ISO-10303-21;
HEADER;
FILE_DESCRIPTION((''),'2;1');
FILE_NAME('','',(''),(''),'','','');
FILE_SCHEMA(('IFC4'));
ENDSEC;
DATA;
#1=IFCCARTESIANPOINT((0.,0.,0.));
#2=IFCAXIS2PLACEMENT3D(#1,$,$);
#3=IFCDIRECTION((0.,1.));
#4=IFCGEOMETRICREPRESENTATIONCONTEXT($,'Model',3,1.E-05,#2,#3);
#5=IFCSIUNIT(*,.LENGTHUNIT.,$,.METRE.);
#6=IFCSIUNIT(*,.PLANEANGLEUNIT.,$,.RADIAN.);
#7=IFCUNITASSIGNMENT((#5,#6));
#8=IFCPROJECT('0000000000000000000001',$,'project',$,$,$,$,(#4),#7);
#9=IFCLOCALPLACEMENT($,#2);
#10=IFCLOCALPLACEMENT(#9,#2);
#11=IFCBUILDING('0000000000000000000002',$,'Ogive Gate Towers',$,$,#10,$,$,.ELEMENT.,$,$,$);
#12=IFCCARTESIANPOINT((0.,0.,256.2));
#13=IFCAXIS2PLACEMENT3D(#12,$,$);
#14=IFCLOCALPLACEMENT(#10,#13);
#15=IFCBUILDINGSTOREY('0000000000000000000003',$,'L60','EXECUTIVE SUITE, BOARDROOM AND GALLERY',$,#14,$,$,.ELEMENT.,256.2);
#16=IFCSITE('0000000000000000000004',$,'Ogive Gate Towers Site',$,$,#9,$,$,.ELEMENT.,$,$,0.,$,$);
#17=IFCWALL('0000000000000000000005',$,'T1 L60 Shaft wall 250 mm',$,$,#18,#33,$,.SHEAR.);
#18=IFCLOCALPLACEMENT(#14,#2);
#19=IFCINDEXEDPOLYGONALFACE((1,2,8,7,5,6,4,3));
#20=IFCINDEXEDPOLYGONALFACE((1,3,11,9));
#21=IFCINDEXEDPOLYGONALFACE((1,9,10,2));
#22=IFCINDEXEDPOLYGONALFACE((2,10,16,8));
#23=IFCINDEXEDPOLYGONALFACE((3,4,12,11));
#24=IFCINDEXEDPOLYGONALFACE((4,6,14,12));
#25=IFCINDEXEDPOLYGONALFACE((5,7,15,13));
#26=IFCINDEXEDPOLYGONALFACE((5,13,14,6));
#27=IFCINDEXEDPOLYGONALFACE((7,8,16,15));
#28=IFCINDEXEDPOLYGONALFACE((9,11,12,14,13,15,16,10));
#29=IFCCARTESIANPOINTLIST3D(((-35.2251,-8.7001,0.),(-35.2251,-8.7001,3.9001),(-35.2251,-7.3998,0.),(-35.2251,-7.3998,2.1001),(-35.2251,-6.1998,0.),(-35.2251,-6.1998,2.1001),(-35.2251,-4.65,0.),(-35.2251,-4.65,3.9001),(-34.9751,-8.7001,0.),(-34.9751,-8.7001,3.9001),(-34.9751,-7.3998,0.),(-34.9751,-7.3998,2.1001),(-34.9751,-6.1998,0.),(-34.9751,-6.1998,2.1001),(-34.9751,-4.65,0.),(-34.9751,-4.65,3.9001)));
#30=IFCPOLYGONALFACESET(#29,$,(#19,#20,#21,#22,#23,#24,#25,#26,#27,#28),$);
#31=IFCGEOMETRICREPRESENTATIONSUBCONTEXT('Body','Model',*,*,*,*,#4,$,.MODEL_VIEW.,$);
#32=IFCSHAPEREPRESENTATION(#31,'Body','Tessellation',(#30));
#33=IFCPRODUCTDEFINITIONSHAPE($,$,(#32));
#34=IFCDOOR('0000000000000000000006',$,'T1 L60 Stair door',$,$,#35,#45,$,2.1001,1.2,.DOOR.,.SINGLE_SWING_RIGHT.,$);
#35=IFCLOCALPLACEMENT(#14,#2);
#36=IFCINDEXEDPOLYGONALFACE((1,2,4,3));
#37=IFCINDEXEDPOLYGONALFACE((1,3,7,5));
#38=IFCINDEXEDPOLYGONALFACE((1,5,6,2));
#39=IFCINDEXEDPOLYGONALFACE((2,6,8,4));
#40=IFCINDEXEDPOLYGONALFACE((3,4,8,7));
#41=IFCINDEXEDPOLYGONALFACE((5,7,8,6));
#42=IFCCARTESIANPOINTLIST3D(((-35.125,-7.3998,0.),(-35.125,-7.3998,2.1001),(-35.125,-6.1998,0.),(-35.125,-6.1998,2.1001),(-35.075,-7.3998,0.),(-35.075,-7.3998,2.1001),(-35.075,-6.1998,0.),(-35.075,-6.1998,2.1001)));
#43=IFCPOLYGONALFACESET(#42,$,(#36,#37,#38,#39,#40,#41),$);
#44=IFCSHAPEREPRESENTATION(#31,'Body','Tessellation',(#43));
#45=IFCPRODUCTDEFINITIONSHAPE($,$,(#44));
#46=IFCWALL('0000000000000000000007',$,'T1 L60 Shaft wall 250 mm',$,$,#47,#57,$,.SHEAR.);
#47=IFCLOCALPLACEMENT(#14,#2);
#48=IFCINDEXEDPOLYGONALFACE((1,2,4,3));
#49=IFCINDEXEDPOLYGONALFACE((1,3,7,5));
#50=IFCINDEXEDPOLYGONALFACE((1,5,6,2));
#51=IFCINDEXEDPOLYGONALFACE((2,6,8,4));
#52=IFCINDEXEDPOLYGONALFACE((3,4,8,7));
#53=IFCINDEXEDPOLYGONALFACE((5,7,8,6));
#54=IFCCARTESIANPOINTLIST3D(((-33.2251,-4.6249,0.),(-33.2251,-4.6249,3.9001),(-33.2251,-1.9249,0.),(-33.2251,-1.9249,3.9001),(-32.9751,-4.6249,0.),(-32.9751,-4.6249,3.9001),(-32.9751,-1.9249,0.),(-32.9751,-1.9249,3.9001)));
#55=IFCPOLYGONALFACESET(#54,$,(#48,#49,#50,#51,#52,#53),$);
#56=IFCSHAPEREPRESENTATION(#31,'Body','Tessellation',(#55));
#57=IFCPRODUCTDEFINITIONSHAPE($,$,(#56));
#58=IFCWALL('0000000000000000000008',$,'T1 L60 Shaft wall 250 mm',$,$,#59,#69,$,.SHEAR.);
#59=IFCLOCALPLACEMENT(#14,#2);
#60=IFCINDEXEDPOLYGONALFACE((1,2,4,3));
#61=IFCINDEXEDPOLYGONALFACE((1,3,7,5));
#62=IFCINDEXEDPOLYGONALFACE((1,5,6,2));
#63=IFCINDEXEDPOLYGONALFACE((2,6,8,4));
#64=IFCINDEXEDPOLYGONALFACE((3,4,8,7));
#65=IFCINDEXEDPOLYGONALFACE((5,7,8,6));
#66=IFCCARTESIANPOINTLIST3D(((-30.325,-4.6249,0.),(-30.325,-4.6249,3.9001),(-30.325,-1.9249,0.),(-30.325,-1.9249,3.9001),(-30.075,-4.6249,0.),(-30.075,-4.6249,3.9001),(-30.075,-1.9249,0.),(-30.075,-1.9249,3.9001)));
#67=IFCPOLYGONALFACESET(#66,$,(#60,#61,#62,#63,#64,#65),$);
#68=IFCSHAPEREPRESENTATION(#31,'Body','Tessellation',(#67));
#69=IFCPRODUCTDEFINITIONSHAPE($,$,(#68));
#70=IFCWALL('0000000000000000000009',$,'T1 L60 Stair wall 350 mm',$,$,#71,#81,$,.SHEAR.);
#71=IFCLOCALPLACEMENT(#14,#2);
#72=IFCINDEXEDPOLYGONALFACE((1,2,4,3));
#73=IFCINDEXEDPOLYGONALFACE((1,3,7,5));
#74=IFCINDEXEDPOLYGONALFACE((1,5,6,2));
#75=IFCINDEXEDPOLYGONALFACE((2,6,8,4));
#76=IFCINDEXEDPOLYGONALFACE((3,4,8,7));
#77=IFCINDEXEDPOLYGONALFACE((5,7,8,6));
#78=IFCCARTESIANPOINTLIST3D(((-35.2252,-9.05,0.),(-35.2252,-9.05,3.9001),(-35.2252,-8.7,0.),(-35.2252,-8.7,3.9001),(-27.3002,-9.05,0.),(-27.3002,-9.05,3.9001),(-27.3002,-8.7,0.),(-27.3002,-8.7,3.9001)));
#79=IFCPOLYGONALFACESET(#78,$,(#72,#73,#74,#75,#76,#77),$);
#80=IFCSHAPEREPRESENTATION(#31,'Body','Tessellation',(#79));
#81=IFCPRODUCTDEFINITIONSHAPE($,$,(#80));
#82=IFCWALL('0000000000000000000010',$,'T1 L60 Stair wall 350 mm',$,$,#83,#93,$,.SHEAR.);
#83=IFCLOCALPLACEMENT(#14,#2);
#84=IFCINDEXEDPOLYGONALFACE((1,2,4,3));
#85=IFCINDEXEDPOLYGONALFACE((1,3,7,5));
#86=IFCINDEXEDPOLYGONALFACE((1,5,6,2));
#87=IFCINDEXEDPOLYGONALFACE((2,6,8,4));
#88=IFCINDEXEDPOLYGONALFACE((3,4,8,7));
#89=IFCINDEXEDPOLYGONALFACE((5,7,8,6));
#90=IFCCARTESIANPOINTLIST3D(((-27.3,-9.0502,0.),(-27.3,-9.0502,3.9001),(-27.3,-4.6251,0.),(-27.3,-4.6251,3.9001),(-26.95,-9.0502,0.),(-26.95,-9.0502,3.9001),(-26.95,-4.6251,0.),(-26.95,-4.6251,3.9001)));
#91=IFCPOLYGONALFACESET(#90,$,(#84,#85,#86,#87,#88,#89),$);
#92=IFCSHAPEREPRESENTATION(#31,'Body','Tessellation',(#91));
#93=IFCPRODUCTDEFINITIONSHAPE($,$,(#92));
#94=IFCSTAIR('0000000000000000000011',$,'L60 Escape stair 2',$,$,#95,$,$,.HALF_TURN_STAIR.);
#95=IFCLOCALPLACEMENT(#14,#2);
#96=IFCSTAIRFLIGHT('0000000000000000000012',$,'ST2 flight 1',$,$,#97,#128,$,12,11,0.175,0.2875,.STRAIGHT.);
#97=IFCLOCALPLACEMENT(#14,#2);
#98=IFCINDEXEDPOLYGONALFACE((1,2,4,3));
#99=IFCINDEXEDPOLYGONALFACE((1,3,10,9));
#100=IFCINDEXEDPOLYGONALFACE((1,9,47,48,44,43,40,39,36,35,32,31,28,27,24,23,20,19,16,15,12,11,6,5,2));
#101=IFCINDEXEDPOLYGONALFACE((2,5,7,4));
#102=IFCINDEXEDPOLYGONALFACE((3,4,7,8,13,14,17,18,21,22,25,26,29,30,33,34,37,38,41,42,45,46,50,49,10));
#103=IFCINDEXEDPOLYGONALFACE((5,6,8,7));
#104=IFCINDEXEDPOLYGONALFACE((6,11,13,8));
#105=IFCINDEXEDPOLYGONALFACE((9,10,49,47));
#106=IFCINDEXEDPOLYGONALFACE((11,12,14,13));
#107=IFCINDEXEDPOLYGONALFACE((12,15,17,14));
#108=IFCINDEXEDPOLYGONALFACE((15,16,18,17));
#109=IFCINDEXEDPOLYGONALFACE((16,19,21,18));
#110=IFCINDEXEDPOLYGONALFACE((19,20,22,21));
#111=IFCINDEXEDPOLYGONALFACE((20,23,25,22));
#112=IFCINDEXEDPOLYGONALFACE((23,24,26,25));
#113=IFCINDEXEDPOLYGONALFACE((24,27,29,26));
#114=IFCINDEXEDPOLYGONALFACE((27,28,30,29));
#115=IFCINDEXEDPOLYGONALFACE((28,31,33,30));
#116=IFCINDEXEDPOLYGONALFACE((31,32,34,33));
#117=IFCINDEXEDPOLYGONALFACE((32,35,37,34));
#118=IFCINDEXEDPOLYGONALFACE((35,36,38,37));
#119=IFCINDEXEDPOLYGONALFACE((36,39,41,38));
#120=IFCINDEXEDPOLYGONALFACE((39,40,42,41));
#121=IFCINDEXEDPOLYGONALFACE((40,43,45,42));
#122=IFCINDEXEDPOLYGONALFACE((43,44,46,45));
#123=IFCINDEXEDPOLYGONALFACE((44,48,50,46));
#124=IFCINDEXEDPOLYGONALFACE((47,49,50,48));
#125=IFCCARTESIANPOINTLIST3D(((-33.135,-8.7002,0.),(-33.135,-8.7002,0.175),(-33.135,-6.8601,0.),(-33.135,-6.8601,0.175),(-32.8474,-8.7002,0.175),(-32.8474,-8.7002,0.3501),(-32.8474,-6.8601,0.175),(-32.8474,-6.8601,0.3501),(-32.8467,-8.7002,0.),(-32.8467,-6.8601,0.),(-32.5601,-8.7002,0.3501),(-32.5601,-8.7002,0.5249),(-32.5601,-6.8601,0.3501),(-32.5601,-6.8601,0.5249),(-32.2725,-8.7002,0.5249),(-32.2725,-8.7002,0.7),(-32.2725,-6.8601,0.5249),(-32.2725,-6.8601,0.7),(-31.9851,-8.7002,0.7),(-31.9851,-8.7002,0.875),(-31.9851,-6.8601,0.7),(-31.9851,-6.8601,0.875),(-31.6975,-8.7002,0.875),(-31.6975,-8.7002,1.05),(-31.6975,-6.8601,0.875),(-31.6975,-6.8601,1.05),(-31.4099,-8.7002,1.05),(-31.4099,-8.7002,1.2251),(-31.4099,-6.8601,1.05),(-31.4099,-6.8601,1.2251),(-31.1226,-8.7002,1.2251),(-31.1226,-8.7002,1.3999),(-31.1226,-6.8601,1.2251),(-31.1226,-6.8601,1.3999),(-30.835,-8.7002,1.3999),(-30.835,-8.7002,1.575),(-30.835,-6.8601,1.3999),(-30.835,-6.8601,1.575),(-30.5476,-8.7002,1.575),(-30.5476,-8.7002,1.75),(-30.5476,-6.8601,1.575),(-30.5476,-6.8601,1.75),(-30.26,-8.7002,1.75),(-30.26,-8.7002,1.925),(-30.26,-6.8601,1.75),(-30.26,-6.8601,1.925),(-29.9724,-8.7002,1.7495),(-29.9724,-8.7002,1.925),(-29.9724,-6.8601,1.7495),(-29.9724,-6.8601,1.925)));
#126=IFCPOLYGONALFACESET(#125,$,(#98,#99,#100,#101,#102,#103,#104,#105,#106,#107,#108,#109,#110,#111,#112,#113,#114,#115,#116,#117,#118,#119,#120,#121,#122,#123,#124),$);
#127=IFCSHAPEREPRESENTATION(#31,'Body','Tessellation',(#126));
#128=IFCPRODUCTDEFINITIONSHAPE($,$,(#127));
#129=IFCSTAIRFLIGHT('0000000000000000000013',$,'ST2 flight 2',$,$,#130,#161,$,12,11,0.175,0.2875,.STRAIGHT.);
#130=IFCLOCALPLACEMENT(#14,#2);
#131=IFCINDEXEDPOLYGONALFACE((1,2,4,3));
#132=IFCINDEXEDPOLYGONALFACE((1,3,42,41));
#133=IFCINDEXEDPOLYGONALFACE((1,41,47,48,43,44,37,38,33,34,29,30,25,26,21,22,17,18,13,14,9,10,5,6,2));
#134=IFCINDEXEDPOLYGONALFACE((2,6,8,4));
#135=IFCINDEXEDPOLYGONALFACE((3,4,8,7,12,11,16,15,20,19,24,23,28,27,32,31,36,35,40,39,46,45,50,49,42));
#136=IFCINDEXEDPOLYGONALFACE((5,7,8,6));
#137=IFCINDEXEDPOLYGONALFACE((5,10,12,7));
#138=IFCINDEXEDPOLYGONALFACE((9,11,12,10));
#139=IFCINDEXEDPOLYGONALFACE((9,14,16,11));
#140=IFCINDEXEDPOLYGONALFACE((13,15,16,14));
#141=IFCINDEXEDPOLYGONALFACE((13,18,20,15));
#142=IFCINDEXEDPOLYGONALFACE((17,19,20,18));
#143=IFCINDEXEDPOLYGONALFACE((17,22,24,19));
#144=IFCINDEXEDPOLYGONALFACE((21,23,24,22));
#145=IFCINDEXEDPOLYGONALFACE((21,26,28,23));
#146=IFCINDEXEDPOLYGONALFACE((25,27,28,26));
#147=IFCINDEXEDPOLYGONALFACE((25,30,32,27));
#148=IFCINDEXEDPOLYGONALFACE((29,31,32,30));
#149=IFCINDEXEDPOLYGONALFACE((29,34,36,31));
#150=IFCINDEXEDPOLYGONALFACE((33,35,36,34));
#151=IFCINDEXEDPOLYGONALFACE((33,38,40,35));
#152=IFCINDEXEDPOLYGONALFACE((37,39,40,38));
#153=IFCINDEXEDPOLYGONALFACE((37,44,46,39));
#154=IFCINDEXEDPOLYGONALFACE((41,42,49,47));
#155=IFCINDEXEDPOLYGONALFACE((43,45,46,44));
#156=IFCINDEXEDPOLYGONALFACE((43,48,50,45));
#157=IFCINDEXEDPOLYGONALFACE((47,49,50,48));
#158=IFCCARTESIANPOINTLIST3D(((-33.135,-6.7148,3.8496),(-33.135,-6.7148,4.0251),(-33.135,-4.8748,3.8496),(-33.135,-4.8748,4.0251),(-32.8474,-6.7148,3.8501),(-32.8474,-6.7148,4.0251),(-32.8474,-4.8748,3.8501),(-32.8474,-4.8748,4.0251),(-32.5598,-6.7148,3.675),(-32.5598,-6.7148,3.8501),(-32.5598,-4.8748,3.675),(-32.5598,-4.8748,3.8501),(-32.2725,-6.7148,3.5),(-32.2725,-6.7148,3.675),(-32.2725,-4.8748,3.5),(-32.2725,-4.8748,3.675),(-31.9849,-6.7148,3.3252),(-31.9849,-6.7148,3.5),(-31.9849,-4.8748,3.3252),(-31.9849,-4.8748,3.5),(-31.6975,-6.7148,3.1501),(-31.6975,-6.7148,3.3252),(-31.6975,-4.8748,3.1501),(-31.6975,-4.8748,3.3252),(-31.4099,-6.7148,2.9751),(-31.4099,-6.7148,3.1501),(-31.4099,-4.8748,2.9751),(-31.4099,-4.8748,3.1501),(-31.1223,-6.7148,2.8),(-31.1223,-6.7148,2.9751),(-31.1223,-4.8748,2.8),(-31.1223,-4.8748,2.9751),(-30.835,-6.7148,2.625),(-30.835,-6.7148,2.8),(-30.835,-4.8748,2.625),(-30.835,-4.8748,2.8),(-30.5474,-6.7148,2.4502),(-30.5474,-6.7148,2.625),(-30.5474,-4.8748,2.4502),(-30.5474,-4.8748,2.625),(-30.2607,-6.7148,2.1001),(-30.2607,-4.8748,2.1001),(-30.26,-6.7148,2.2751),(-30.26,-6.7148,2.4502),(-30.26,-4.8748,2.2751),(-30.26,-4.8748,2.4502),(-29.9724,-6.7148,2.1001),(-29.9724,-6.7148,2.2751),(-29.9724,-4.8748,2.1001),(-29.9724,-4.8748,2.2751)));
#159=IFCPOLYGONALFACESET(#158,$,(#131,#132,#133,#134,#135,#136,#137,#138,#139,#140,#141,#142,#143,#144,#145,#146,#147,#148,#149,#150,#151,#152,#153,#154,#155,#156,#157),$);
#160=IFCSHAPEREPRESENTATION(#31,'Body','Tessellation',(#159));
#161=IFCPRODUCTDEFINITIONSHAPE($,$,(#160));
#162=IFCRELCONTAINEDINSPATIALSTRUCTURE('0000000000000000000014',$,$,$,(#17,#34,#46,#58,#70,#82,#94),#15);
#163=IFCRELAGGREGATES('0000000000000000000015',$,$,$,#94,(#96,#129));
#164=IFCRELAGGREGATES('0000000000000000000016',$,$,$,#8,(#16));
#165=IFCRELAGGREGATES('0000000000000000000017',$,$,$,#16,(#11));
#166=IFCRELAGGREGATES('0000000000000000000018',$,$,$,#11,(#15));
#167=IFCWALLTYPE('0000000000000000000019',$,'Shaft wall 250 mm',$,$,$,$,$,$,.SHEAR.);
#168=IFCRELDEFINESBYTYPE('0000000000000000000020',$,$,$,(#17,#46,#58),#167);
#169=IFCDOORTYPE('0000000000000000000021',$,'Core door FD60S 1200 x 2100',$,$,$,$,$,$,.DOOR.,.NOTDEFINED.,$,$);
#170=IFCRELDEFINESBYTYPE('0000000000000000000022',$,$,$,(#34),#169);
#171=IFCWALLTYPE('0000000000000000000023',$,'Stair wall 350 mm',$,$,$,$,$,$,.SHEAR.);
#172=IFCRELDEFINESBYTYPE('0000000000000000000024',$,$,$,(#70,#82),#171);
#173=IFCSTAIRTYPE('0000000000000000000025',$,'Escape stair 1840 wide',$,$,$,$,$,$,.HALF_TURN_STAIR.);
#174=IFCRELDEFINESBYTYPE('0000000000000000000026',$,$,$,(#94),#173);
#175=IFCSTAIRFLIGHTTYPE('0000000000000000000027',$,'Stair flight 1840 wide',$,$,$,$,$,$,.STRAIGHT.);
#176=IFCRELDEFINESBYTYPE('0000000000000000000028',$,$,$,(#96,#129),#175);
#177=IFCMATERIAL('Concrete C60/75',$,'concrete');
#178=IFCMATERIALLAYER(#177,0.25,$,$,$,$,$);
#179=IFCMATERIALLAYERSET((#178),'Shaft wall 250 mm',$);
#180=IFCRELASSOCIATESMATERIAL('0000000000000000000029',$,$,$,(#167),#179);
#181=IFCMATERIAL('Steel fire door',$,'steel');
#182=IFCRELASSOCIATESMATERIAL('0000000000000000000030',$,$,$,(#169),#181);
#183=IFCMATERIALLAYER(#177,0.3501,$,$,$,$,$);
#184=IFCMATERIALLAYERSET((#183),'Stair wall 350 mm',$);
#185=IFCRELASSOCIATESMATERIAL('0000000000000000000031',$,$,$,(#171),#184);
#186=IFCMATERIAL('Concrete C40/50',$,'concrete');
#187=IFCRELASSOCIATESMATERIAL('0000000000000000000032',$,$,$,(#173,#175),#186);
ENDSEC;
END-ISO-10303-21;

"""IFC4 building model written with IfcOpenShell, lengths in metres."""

from ifc_helpers import new_model, si_unit, direction, frame, frame_2d, origin, place, context, subcontext, project, spatial, polyline, rectangle, outline, extrude, material, layer, layer_set, type_object, element, fill, aggregate, save


model = new_model("IFC4")

# Units and contexts
model_context = context("Model", 3, precision=1e-05, world=origin(), true_north=direction((0.0, 1.0)))
body_context = subcontext(model_context, "Body", "Model", "MODEL_VIEW")
ifc_project = project(units=[si_unit("LENGTHUNIT", "METRE"), si_unit("PLANEANGLEUNIT", "RADIAN")], contexts=[model_context])

# Site, building, storey
site_placement = place(None, origin())
site = spatial("IfcSite", under=ifc_project, at=site_placement, Name="Ogive Gate Towers Site", CompositionType="ELEMENT", RefElevation=0.0)
building_placement = place(site_placement, origin())
building = spatial("IfcBuilding", under=site, at=building_placement, Name="Ogive Gate Towers", CompositionType="ELEMENT")
storey_placement = place(building_placement, frame((0.0, 0.0, 256.2)))
storey = spatial("IfcBuildingStorey", under=building, at=storey_placement, Name="L60", Description="EXECUTIVE SUITE, BOARDROOM AND GALLERY", CompositionType="ELEMENT", Elevation=256.2)

# Shared definitions
ifc_material_1 = material(Name="Concrete C60/75", Category="concrete")
ifc_material_2 = material(Name="Steel fire door", Category="steel")

# Shared definitions
ifc_layer_1 = layer(ifc_material_1, 0.25)
ifc_layer_set_1 = layer_set([ifc_layer_1], Name="Shaft wall 250 mm")
wall_type_1 = type_object("IfcWallType", Name="Shaft wall 250 mm", PredefinedType="SHEAR", material=ifc_layer_set_1)

# Wall, opening, door
wall_1_placement = place(storey_placement, frame((-35.1001, -8.7, 0.0), z_axis=(0.0, 0.0, 1.0), x_axis=(0.0, 1.0, 0.0)))
wall_1 = element("IfcWall", 1, at=wall_1_placement, inside=storey, type_object=wall_type_1, Name="T1 L60 Shaft wall 250 mm", PredefinedType="SHEAR", context=body_context, shape_type="SweptSolid", body=[
    extrude(rectangle(XDim=4.05, YDim=0.25, at=frame_2d((2.0249, 0.0))), origin(), (0.0, 0.0, 1.0), 3.9001),
])
opening_1_placement = place(wall_1_placement, frame((1.3, 0.0, 0.0)))
opening_1 = element("IfcOpeningElement", 2, at=opening_1_placement, cuts=wall_1, PredefinedType="OPENING", context=body_context, shape_type="SweptSolid", body=[
    extrude(rectangle(XDim=1.2, YDim=2.1001, at=frame_2d((0.6001, 1.05))), frame((0.0, 0.135, 0.0), z_axis=(0.0, -1.0, 0.0), x_axis=(1.0, 0.0, 0.0)), (0.0, 0.0, 1.0), 0.27),
])
door_type_1 = type_object("IfcDoorType", Name="Core door FD60S 1200 x 2100", OperationType="NOTDEFINED", PredefinedType="DOOR", material=ifc_material_2)
door_1_placement = place(opening_1_placement, origin())
door_1 = element("IfcDoor", 3, at=door_1_placement, inside=storey, type_object=door_type_1, Name="T1 L60 Stair door", OperationType="SINGLE_SWING_RIGHT", OverallHeight=2.1001, OverallWidth=1.2, PredefinedType="DOOR", context=body_context, shape_type="SweptSolid", body=[
    extrude(rectangle(XDim=1.2, YDim=2.1001, at=frame_2d((0.6001, 1.05))), frame((0.0, 0.0249, 0.0), z_axis=(0.0, -1.0, 0.0), x_axis=(1.0, 0.0, 0.0)), (0.0, 0.0, 1.0), 0.05),
])
fill(opening_1, door_1)

# Walls
for number, where, z_axis, x_axis, name in (
    (4, (-33.1001, -4.625, 0.0), (0.0, 0.0, 1.0), (0.0, 1.0, 0.0), "T1 L60 Shaft wall 250 mm"),
    (5, (-30.2, -4.625, 0.0), (0.0, 0.0, 1.0), (0.0, 1.0, 0.0), "T1 L60 Shaft wall 250 mm"),
):
    element("IfcWall", number, at=place(storey_placement, frame(where, z_axis=z_axis, x_axis=x_axis)), inside=storey, type_object=wall_type_1, Name=name, PredefinedType="SHEAR", context=body_context, shape_type="SweptSolid", body=[
        extrude(rectangle(XDim=2.7, YDim=0.25, at=frame_2d((1.3501, 0.0))), origin(), (0.0, 0.0, 1.0), 3.9001),
    ])
ifc_layer_2 = layer(ifc_material_1, 0.3501)
ifc_layer_set_2 = layer_set([ifc_layer_2], Name="Stair wall 350 mm")
wall_type_2 = type_object("IfcWallType", Name="Stair wall 350 mm", PredefinedType="SHEAR", material=ifc_layer_set_2)
wall_2_placement = place(storey_placement, frame((-35.2251, -8.875, 0.0), z_axis=(0.0, 0.0, 1.0), x_axis=(1.0, 0.0, 0.0)))
element("IfcWall", 6, at=wall_2_placement, inside=storey, type_object=wall_type_2, Name="T1 L60 Stair wall 350 mm", PredefinedType="SHEAR", context=body_context, shape_type="SweptSolid", body=[
    extrude(rectangle(XDim=7.925, YDim=0.3501, at=frame_2d((3.9624, 0.0))), origin(), (0.0, 0.0, 1.0), 3.9001),
])
wall_3_placement = place(storey_placement, frame((-27.125, -9.05, 0.0), z_axis=(0.0, 0.0, 1.0), x_axis=(0.0, 1.0, 0.0)))
element("IfcWall", 7, at=wall_3_placement, inside=storey, type_object=wall_type_2, Name="T1 L60 Stair wall 350 mm", PredefinedType="SHEAR", context=body_context, shape_type="SweptSolid", body=[
    extrude(rectangle(XDim=4.425, YDim=0.3501, at=frame_2d((2.2124, 0.0))), origin(), (0.0, 0.0, 1.0), 3.9001),
])

# Stair, stair flights
ifc_material_3 = material(Name="Concrete C40/50", Category="concrete")
stair_type = type_object("IfcStairType", Name="Escape stair 1840 wide", PredefinedType="HALF_TURN_STAIR", material=ifc_material_3)
stair_placement = place(storey_placement, origin())
stair = element("IfcStair", 8, at=stair_placement, inside=storey, type_object=stair_type, Name="L60 Escape stair 2", PredefinedType="HALF_TURN_STAIR")
stair_flight_type = type_object("IfcStairFlightType", Name="Stair flight 1840 wide", PredefinedType="STRAIGHT", material=ifc_material_3)
stair_flight_1_placement = place(storey_placement, frame((-33.135, -7.78, 0.0), z_axis=(0.0, 0.0, 1.0), x_axis=(1.0, 0.0, 0.0)))
stair_flight_1 = element("IfcStairFlight", 9, at=stair_flight_1_placement, type_object=stair_flight_type, Name="ST2 flight 1", NumberOfRisers=12, NumberOfTreads=11, PredefinedType="STRAIGHT", RiserHeight=0.175, TreadLength=0.2875, context=body_context, shape_type="SweptSolid", body=[
    extrude(outline(polyline([(0.0, 0.0), (0.0, 0.175), (0.2876, 0.175), (0.2876, 0.3501), (0.575, 0.3501), (0.575, 0.5249), (0.8625, 0.5249), (0.8625, 0.7), (1.1499, 0.7), (1.1499, 0.875), (1.4375, 0.875), (1.4375, 1.05), (1.7251, 1.05), (1.7251, 1.2251), (2.0125, 1.2251), (2.0125, 1.3999), (2.3, 1.3999), (2.3, 1.575), (2.5874, 1.575), (2.5874, 1.75), (2.875, 1.75), (2.875, 1.925), (3.1626, 1.925), (3.1626, 2.1001), (3.1626, 1.7495), (0.2883, 0.0), (0.0, 0.0)])), frame((0.0, 0.9199, 0.0), z_axis=(0.0, -1.0, 0.0), x_axis=(1.0, 0.0, 0.0)), (0.0, 0.0, 1.0), 1.8401),
])
stair_flight_2_placement = place(storey_placement, frame((-29.9724, -5.7949, 2.1001), z_axis=(0.0, 0.0, 1.0), x_axis=(-1.0, 0.0, 0.0)))
stair_flight_2 = element("IfcStairFlight", 10, at=stair_flight_2_placement, type_object=stair_flight_type, Name="ST2 flight 2", NumberOfRisers=12, NumberOfTreads=11, PredefinedType="STRAIGHT", RiserHeight=0.175, TreadLength=0.2875, context=body_context, shape_type="SweptSolid", body=[
    extrude(outline(polyline([(0.0, 0.0), (0.0, 0.175), (0.2876, 0.175), (0.2876, 0.3501), (0.575, 0.3501), (0.575, 0.5249), (0.8625, 0.5249), (0.8625, 0.7), (1.1499, 0.7), (1.1499, 0.875), (1.4375, 0.875), (1.4375, 1.05), (1.7251, 1.05), (1.7251, 1.2251), (2.0125, 1.2251), (2.0125, 1.3999), (2.3, 1.3999), (2.3, 1.575), (2.5874, 1.575), (2.5874, 1.75), (2.875, 1.75), (2.875, 1.925), (3.1626, 1.925), (3.1626, 2.1001), (3.1626, 1.7495), (0.2883, 0.0), (0.0, 0.0)])), frame((0.0, 0.9199, 0.0), z_axis=(0.0, -1.0, 0.0), x_axis=(1.0, 0.0, 0.0)), (0.0, 0.0, 1.0), 1.8401),
])
aggregate(stair, [stair_flight_1, stair_flight_2])

save(model, "model.ifc")
